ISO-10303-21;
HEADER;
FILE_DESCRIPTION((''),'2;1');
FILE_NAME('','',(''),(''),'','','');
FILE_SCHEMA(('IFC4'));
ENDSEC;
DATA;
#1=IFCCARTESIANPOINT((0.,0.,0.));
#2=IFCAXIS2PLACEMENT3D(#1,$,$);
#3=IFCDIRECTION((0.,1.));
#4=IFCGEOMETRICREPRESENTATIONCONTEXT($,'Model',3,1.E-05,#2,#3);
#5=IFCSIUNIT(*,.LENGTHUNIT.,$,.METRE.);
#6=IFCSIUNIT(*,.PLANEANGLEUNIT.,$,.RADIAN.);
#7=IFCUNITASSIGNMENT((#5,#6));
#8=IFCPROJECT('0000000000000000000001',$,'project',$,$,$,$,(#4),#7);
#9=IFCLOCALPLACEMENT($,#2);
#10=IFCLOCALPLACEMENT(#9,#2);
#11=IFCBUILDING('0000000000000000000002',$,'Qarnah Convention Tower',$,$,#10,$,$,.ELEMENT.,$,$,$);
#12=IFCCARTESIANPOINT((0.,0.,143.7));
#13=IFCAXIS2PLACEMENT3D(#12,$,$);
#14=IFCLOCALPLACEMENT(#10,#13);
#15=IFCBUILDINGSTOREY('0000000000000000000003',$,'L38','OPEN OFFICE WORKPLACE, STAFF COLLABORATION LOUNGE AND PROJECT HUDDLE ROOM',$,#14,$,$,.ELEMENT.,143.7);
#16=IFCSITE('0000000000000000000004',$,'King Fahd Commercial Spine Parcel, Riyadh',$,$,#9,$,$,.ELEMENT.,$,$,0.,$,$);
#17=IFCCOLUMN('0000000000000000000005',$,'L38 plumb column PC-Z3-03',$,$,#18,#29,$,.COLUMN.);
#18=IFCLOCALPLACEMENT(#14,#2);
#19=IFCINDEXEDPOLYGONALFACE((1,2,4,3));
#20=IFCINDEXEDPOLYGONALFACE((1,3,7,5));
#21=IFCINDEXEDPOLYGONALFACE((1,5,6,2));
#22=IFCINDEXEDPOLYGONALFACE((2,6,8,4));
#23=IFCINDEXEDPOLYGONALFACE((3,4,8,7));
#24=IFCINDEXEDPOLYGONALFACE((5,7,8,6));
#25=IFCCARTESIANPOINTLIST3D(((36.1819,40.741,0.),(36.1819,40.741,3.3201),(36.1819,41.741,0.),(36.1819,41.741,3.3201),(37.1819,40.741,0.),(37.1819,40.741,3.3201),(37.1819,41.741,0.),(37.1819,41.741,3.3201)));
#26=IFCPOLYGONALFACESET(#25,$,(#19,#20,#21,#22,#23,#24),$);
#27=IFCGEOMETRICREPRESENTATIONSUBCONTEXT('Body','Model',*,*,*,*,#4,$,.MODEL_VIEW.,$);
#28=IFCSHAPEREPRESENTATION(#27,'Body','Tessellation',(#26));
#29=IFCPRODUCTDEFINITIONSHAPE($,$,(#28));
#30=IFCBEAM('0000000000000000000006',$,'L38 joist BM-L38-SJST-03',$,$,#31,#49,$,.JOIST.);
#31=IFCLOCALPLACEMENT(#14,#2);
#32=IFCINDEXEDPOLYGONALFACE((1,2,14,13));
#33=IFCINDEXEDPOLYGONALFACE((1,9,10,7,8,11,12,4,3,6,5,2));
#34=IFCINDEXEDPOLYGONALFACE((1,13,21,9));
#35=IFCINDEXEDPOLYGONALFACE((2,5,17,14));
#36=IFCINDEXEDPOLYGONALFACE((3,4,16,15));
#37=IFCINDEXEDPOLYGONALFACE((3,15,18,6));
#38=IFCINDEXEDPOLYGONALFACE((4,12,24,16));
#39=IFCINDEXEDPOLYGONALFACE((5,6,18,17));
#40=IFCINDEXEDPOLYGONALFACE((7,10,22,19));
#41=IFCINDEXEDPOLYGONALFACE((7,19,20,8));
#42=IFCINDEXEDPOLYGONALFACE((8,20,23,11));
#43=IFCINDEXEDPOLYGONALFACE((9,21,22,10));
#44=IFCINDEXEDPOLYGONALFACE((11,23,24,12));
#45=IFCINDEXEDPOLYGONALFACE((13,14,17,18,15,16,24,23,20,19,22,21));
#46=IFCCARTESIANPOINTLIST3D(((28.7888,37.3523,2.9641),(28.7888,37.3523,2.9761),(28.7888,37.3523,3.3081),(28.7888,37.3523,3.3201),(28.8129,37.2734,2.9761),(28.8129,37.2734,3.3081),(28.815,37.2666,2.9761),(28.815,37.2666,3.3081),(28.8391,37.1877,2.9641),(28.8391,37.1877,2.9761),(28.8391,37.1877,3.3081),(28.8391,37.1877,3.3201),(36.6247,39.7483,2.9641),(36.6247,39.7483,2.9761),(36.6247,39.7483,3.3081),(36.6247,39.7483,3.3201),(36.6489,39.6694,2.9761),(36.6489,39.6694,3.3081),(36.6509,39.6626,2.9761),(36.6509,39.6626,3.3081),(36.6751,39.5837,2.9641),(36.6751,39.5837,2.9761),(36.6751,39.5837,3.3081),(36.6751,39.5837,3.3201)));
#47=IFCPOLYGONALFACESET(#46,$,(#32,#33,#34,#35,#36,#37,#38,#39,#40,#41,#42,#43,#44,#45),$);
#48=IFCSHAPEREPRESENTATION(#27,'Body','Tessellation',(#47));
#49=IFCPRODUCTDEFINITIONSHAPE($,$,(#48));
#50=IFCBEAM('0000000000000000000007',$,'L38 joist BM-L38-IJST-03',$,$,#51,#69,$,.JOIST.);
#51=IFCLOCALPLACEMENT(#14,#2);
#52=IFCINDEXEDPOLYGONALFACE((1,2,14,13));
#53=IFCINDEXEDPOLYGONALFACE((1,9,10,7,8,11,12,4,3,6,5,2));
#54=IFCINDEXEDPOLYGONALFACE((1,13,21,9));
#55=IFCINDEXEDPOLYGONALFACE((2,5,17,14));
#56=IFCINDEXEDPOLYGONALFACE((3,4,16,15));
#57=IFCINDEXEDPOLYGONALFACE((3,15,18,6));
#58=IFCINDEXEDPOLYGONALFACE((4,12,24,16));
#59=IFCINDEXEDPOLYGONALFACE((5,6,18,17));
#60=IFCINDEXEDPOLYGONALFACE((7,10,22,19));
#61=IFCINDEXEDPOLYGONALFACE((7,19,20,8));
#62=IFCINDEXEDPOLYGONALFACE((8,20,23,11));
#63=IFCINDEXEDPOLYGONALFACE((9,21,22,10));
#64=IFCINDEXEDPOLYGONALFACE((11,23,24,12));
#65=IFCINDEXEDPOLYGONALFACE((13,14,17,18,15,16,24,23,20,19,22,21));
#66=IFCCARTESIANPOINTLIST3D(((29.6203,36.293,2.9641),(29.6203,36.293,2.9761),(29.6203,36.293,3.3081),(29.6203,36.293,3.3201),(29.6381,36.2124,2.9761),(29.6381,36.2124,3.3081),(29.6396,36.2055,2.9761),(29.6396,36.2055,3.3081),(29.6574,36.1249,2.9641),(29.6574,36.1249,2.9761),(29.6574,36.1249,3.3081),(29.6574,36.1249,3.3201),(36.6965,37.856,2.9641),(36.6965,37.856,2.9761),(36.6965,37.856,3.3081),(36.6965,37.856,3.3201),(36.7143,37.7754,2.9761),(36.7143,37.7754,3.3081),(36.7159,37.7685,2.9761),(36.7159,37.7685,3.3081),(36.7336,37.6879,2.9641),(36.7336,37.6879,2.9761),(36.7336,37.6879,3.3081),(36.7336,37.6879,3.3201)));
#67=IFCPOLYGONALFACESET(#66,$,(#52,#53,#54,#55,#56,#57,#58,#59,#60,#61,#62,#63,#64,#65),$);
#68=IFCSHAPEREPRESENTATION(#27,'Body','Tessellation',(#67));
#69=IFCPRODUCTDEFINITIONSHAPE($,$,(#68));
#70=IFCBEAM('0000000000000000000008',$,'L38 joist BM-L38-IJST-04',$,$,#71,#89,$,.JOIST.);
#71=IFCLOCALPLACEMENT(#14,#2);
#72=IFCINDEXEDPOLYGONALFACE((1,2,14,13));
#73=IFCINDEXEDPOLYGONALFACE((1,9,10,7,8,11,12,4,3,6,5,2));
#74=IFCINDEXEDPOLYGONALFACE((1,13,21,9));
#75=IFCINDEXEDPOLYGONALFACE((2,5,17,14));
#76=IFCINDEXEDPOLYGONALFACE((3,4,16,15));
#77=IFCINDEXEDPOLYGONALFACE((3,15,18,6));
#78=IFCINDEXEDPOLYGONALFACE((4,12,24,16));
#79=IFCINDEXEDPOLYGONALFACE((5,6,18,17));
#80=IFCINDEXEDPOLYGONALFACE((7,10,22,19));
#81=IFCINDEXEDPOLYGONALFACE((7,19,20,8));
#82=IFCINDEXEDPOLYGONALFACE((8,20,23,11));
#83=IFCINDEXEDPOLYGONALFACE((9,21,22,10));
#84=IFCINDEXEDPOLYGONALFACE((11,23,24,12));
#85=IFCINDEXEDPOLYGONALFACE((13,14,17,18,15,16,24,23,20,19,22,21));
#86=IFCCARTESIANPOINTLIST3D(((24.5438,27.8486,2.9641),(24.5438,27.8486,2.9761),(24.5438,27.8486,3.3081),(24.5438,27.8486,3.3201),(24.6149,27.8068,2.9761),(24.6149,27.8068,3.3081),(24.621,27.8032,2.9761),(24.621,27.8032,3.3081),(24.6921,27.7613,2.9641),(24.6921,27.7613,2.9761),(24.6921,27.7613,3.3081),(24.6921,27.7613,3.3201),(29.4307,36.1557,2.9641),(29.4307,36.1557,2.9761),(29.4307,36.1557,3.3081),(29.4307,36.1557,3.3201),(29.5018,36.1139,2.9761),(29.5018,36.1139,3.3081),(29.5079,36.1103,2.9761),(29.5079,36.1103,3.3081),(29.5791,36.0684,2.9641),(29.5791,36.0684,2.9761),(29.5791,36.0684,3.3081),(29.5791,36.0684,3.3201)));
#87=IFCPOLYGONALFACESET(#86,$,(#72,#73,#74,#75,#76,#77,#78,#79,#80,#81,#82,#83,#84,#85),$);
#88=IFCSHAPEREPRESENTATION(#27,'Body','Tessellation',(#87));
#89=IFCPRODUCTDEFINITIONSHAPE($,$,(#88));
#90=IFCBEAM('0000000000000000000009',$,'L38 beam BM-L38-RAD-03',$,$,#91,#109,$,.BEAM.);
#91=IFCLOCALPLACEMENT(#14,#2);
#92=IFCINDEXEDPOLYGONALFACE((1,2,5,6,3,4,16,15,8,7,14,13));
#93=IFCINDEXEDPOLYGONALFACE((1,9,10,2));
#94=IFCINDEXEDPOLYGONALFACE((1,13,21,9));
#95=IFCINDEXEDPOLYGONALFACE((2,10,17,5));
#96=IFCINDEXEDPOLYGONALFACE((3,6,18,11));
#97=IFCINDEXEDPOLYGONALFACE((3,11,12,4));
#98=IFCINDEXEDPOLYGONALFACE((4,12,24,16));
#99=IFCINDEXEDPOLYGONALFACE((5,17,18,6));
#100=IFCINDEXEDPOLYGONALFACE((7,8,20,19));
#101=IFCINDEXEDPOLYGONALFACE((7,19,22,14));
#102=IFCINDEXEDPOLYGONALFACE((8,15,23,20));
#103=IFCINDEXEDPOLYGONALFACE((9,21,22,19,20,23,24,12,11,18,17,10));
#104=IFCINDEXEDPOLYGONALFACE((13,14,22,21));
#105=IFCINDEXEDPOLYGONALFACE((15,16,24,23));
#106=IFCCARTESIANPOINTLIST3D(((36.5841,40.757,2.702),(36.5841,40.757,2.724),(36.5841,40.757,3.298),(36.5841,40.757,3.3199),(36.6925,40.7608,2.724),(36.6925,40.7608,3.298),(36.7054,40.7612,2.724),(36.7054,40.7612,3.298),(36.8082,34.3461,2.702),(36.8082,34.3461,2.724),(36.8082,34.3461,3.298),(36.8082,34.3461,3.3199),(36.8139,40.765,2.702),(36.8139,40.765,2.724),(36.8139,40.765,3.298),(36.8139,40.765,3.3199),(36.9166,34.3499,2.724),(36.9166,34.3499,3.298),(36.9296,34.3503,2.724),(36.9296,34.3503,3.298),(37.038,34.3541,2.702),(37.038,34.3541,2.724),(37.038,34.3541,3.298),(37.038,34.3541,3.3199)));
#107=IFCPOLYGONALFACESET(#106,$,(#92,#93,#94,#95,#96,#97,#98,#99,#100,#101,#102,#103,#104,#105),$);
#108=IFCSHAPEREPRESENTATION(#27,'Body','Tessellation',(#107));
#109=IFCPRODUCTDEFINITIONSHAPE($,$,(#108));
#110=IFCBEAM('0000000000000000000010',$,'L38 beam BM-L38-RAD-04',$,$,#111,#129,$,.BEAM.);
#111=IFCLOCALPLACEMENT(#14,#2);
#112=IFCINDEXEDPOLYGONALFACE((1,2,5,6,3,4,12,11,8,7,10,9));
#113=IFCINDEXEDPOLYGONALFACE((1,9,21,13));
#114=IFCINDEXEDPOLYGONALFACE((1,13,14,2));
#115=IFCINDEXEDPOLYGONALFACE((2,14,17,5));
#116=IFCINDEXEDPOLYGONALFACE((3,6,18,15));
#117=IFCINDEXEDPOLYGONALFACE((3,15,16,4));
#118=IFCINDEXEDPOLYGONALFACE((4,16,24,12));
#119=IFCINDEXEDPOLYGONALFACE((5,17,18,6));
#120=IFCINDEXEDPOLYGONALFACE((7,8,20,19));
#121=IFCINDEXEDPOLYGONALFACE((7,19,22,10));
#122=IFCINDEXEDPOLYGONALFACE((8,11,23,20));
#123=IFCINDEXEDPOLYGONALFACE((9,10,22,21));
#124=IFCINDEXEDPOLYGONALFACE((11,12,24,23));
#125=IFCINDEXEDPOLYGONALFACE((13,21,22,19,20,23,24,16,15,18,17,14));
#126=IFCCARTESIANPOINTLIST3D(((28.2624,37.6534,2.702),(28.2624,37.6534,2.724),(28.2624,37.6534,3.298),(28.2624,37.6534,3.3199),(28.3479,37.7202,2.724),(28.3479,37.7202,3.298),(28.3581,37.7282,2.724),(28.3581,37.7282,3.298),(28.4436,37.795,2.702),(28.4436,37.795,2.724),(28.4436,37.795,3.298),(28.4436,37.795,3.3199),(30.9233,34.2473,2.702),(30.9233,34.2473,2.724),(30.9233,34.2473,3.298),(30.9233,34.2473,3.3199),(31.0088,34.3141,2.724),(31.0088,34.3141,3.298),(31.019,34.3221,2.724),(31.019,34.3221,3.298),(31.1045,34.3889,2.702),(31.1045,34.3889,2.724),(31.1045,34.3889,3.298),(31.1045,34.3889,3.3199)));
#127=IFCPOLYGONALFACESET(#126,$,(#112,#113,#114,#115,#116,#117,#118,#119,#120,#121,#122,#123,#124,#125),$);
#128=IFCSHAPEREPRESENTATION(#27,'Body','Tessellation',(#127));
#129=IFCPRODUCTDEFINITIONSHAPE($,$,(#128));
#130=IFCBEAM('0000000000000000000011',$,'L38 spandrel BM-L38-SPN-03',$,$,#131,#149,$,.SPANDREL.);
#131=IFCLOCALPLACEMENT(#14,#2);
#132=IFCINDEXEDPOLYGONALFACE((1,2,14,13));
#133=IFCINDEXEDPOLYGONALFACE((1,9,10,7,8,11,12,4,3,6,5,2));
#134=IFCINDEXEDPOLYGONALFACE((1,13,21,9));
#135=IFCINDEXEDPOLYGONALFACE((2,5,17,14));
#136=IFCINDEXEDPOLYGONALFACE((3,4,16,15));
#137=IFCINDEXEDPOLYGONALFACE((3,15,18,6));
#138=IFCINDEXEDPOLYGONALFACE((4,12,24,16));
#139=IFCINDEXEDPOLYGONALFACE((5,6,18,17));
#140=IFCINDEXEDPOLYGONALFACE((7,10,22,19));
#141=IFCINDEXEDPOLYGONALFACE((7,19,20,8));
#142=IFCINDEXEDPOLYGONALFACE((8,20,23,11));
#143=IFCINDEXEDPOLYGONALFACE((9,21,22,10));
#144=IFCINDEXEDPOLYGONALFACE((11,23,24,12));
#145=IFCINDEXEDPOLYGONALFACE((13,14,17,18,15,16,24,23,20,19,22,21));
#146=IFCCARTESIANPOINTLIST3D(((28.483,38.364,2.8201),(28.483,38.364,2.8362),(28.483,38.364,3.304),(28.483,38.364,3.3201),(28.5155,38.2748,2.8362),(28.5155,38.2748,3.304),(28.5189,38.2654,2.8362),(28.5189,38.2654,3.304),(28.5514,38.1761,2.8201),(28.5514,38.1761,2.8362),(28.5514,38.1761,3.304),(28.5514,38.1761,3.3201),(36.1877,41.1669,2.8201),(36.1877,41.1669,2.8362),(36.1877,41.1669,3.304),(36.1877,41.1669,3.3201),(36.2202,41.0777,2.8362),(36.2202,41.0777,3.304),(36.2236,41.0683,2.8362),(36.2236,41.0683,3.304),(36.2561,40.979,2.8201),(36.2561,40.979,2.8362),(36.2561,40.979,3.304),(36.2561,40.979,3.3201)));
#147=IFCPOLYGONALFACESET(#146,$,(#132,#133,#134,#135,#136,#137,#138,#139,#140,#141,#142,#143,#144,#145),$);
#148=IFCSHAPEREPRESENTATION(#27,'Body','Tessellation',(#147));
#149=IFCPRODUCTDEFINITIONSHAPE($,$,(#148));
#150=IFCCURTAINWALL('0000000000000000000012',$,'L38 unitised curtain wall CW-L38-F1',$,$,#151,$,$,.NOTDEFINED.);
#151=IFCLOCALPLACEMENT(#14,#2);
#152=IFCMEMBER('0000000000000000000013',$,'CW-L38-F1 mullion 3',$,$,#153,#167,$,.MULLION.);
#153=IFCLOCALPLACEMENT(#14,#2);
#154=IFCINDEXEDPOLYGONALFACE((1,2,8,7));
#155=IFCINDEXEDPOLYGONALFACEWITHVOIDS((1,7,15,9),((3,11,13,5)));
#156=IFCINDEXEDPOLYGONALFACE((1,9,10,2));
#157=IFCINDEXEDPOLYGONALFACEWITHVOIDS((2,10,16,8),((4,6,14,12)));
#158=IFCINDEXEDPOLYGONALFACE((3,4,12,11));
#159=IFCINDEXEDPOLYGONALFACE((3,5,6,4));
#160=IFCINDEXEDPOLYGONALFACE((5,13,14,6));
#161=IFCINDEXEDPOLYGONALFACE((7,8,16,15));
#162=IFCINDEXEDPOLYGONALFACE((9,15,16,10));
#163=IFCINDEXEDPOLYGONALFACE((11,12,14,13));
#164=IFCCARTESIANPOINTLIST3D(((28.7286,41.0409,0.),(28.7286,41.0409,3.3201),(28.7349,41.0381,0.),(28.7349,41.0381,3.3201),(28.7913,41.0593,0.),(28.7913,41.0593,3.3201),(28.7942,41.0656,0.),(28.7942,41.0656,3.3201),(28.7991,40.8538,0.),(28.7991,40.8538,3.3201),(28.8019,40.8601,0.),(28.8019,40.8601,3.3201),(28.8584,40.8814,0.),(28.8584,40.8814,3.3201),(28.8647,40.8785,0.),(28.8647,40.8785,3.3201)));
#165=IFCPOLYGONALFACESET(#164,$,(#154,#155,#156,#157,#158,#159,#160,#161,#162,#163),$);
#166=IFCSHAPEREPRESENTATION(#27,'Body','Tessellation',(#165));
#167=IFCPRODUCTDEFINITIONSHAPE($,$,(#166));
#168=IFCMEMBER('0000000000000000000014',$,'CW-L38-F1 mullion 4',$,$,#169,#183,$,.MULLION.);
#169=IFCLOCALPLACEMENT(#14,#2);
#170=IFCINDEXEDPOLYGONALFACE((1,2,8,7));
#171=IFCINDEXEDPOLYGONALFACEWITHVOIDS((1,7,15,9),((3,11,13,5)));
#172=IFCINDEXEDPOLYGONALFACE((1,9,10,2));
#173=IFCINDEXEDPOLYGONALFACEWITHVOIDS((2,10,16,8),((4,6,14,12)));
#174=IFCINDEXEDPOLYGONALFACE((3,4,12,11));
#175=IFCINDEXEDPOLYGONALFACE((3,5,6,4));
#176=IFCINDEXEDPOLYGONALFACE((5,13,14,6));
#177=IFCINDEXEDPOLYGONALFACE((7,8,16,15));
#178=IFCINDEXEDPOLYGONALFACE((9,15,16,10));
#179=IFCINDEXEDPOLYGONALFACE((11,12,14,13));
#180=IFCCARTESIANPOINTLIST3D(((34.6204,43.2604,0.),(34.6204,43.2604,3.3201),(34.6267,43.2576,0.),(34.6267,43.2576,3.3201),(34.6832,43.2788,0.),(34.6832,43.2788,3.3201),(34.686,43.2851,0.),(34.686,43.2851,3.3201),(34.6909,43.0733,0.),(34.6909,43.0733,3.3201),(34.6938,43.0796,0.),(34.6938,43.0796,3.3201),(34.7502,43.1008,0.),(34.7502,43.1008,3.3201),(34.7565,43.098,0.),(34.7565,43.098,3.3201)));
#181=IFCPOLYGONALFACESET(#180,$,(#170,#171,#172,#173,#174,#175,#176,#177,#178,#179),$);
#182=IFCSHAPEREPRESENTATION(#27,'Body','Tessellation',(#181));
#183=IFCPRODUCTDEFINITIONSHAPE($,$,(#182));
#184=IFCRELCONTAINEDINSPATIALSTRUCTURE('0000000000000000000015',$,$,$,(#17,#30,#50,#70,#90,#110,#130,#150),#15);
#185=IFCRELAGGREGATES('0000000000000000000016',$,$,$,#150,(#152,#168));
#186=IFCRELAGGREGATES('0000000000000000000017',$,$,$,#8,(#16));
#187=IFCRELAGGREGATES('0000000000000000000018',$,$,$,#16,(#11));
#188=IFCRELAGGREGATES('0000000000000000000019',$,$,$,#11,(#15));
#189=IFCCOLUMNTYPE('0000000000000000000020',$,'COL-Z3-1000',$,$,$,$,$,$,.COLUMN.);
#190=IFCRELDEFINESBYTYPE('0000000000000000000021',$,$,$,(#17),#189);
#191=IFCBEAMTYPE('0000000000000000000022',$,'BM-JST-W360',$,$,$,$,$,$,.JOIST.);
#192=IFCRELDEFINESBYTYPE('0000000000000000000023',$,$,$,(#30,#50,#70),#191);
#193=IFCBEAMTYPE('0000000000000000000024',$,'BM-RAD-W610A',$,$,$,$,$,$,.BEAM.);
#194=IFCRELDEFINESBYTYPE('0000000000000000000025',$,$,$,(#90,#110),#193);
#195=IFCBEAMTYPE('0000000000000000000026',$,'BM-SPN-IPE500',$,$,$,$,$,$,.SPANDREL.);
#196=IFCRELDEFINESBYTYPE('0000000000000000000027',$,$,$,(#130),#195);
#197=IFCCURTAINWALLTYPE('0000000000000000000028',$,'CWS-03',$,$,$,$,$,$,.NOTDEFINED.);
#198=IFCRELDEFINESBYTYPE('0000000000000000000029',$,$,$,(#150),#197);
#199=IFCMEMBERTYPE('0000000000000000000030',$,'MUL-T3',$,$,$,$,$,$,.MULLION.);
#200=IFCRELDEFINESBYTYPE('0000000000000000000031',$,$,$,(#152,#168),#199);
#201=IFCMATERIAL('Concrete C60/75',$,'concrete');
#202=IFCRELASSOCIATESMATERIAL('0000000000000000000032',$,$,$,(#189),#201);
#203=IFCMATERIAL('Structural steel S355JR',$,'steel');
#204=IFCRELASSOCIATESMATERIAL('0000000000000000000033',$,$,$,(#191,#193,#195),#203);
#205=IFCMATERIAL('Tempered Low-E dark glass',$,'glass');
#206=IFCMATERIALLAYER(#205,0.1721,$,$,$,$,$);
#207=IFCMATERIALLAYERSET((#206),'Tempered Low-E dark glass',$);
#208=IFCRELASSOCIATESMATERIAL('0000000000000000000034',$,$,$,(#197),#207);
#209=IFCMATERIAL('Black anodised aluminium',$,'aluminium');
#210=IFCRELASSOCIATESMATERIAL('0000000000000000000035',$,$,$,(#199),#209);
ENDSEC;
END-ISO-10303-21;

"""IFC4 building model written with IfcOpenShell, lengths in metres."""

from ifc_helpers import new_model, si_unit, direction, frame, origin, origin_2d, place, context, subcontext, project, spatial, rectangle, hollow_rectangle, i_section, extrude, material, layer, layer_set, material_profile, profile_set, type_object, element, aggregate, save


model = new_model("IFC4")

# Units and contexts
model_context = context("Model", 3, precision=1e-05, world=origin(), true_north=direction((0.0, 1.0)))
body_context = subcontext(model_context, "Body", "Model", "MODEL_VIEW")
ifc_project = project(units=[si_unit("LENGTHUNIT", "METRE"), si_unit("PLANEANGLEUNIT", "RADIAN")], contexts=[model_context])

# Site, building, storey
site_placement = place(None, origin())
site = spatial("IfcSite", under=ifc_project, at=site_placement, Name="King Fahd Commercial Spine Parcel, Riyadh", CompositionType="ELEMENT", RefElevation=0.0)
building_placement = place(site_placement, origin())
building = spatial("IfcBuilding", under=site, at=building_placement, Name="Qarnah Convention Tower", CompositionType="ELEMENT")
storey_placement = place(building_placement, frame((0.0, 0.0, 143.7)))
storey = spatial("IfcBuildingStorey", under=building, at=storey_placement, Name="L38", Description="OPEN OFFICE WORKPLACE, STAFF COLLABORATION LOUNGE AND PROJECT HUDDLE ROOM", CompositionType="ELEMENT", Elevation=143.7)

# Column
ifc_material_1 = material(Name="Concrete C60/75", Category="concrete")
ifc_material_profile_1 = material_profile(ifc_material_1, rectangle(XDim=1.0, YDim=1.0, at=origin_2d()), Name="RC-COL-1000X1000")
ifc_profile_set_1 = profile_set([ifc_material_profile_1], Name="Concrete C60/75")
column_type = type_object("IfcColumnType", Name="COL-Z3-1000", PredefinedType="COLUMN", material=ifc_profile_set_1)
column_placement = place(storey_placement, frame((36.6819, 41.241, 0.0), z_axis=(0.0, 0.0, 1.0), x_axis=(1.0, 0.0, 0.0)))
element("IfcColumn", 1, at=column_placement, inside=storey, type_object=column_type, Name="L38 plumb column PC-Z3-03", PredefinedType="COLUMN", context=body_context, shape_type="SweptSolid", body=[
    extrude(rectangle(XDim=1.0, YDim=1.0, at=origin_2d()), origin(), (0.0, 0.0, 1.0), 3.3201),
])

# Beams
ifc_material_2 = material(Name="Structural steel S355JR", Category="steel")
ifc_material_profile_2 = material_profile(ifc_material_2, i_section(OverallWidth=0.1721, OverallDepth=0.356, WebThickness=0.0071, FlangeThickness=0.012, at=origin_2d()), Name="W360X51")
ifc_profile_set_2 = profile_set([ifc_material_profile_2], Name="Structural steel S355JR")
beam_type_1 = type_object("IfcBeamType", Name="BM-JST-W360", PredefinedType="JOIST", material=ifc_profile_set_2)
beam_1_placement = place(storey_placement, frame((36.6499, 39.666, 3.1421), z_axis=(-0.956294, -0.292406, 0.0), x_axis=(0.292406, -0.956294, 0.0)))
element("IfcBeam", 2, at=beam_1_placement, inside=storey, type_object=beam_type_1, Name="L38 joist BM-L38-SJST-03", PredefinedType="JOIST", context=body_context, shape_type="SweptSolid", body=[
    extrude(i_section(OverallWidth=0.1721, OverallDepth=0.356, WebThickness=0.0071, FlangeThickness=0.012, at=origin_2d()), origin(), (0.0, 0.0, 1.0), 8.1941),
])
beam_2_placement = place(storey_placement, frame((36.7151, 37.772, 3.1421), z_axis=(-0.976464, -0.215682, 0.0), x_axis=(0.215682, -0.976464, 0.0)))
element("IfcBeam", 3, at=beam_2_placement, inside=storey, type_object=beam_type_1, Name="L38 joist BM-L38-IJST-03", PredefinedType="JOIST", context=body_context, shape_type="SweptSolid", body=[
    extrude(i_section(OverallWidth=0.1721, OverallDepth=0.356, WebThickness=0.0071, FlangeThickness=0.012, at=origin_2d()), origin(), (0.0, 0.0, 1.0), 7.2468),
])
beam_3_placement = place(storey_placement, frame((29.5049, 36.1121, 3.1421), z_axis=(-0.507052, -0.861915, 0.0), x_axis=(0.861915, -0.507052, 0.0)))
element("IfcBeam", 4, at=beam_3_placement, inside=storey, type_object=beam_type_1, Name="L38 joist BM-L38-IJST-04", PredefinedType="JOIST", context=body_context, shape_type="SweptSolid", body=[
    extrude(i_section(OverallWidth=0.1721, OverallDepth=0.356, WebThickness=0.0071, FlangeThickness=0.012, at=origin_2d()), origin(), (0.0, 0.0, 1.0), 9.6379),
])
ifc_material_profile_3 = material_profile(ifc_material_2, i_section(OverallWidth=0.23, OverallDepth=0.6179, WebThickness=0.0129, FlangeThickness=0.022, at=origin_2d()), Name="W610X140")
ifc_profile_set_3 = profile_set([ifc_material_profile_3], Name="Structural steel S355JR")
beam_type_2 = type_object("IfcBeamType", Name="BM-RAD-W610A", PredefinedType="BEAM", material=ifc_profile_set_3)
beam_4_placement = place(storey_placement, frame((36.9231, 34.3501, 3.011), z_axis=(-0.034938, 0.999389, 0.0), x_axis=(-0.999389, -0.034938, 0.0)))
element("IfcBeam", 5, at=beam_4_placement, inside=storey, type_object=beam_type_2, Name="L38 beam BM-L38-RAD-03", PredefinedType="BEAM", context=body_context, shape_type="SweptSolid", body=[
    extrude(i_section(OverallWidth=0.23, OverallDepth=0.6179, WebThickness=0.0129, FlangeThickness=0.022, at=origin_2d()), origin(), (0.0, 0.0, 1.0), 6.4148),
])
beam_5_placement = place(storey_placement, frame((31.0139, 34.3181, 3.011), z_axis=(-0.615636, 0.78803, 0.0), x_axis=(-0.78803, -0.615636, 0.0)))
element("IfcBeam", 6, at=beam_5_placement, inside=storey, type_object=beam_type_2, Name="L38 beam BM-L38-RAD-04", PredefinedType="BEAM", context=body_context, shape_type="SweptSolid", body=[
    extrude(i_section(OverallWidth=0.23, OverallDepth=0.6179, WebThickness=0.0129, FlangeThickness=0.022, at=origin_2d()), origin(), (0.0, 0.0, 1.0), 4.3223),
])
ifc_material_profile_4 = material_profile(ifc_material_2, i_section(OverallWidth=0.2, OverallDepth=0.5, WebThickness=0.01, FlangeThickness=0.0161, at=origin_2d()), Name="IPE500")
ifc_profile_set_4 = profile_set([ifc_material_profile_4], Name="Structural steel S355JR")
beam_type_3 = type_object("IfcBeamType", Name="BM-SPN-IPE500", PredefinedType="SPANDREL", material=ifc_profile_set_4)
beam_6_placement = place(storey_placement, frame((36.2219, 41.073, 3.0701), z_axis=(-0.939746, -0.341875, 0.0), x_axis=(0.341875, -0.939746, 0.0)))
element("IfcBeam", 7, at=beam_6_placement, inside=storey, type_object=beam_type_3, Name="L38 spandrel BM-L38-SPN-03", PredefinedType="SPANDREL", context=body_context, shape_type="SweptSolid", body=[
    extrude(i_section(OverallWidth=0.2, OverallDepth=0.5, WebThickness=0.01, FlangeThickness=0.0161, at=origin_2d()), origin(), (0.0, 0.0, 1.0), 8.1987),
])

# Curtain wall, members
ifc_material_3 = material(Name="Tempered Low-E dark glass", Category="glass")
ifc_layer_1 = layer(ifc_material_3, 0.1721)
ifc_layer_set_1 = layer_set([ifc_layer_1], Name="Tempered Low-E dark glass")
curtain_wall_type = type_object("IfcCurtainWallType", Name="CWS-03", PredefinedType="NOTDEFINED", material=ifc_layer_set_1)
curtain_wall_placement = place(storey_placement, origin())
curtain_wall = element("IfcCurtainWall", 8, at=curtain_wall_placement, inside=storey, type_object=curtain_wall_type, Name="L38 unitised curtain wall CW-L38-F1", PredefinedType="NOTDEFINED")
ifc_material_4 = material(Name="Black anodised aluminium", Category="aluminium")
ifc_material_profile_5 = material_profile(ifc_material_4, hollow_rectangle(XDim=0.0701, YDim=0.2, WallThickness=0.0049, at=origin_2d()), Name="MUL-70X200")
ifc_profile_set_5 = profile_set([ifc_material_profile_5], Name="Black anodised aluminium")
member_type = type_object("IfcMemberType", Name="MUL-T3", PredefinedType="MULLION", material=ifc_profile_set_5)
member_1_placement = place(storey_placement, frame((28.7966, 40.9597, 0.0), z_axis=(0.0, 0.0, 1.0), x_axis=(0.935807, 0.352512, 0.0)))
member_1 = element("IfcMember", 9, at=member_1_placement, type_object=member_type, Name="CW-L38-F1 mullion 3", PredefinedType="MULLION", context=body_context, shape_type="SweptSolid", body=[
    extrude(hollow_rectangle(XDim=0.0701, YDim=0.2, WallThickness=0.0049, at=origin_2d()), origin(), (0.0, 0.0, 1.0), 3.3201),
])
member_2_placement = place(storey_placement, frame((34.6885, 43.1792, 0.0), z_axis=(0.0, 0.0, 1.0), x_axis=(0.935807, 0.352512, 0.0)))
member_2 = element("IfcMember", 10, at=member_2_placement, type_object=member_type, Name="CW-L38-F1 mullion 4", PredefinedType="MULLION", context=body_context, shape_type="SweptSolid", body=[
    extrude(hollow_rectangle(XDim=0.0701, YDim=0.2, WallThickness=0.0049, at=origin_2d()), origin(), (0.0, 0.0, 1.0), 3.3201),
])
aggregate(curtain_wall, [member_1, member_2])

save(model, "model.ifc")
